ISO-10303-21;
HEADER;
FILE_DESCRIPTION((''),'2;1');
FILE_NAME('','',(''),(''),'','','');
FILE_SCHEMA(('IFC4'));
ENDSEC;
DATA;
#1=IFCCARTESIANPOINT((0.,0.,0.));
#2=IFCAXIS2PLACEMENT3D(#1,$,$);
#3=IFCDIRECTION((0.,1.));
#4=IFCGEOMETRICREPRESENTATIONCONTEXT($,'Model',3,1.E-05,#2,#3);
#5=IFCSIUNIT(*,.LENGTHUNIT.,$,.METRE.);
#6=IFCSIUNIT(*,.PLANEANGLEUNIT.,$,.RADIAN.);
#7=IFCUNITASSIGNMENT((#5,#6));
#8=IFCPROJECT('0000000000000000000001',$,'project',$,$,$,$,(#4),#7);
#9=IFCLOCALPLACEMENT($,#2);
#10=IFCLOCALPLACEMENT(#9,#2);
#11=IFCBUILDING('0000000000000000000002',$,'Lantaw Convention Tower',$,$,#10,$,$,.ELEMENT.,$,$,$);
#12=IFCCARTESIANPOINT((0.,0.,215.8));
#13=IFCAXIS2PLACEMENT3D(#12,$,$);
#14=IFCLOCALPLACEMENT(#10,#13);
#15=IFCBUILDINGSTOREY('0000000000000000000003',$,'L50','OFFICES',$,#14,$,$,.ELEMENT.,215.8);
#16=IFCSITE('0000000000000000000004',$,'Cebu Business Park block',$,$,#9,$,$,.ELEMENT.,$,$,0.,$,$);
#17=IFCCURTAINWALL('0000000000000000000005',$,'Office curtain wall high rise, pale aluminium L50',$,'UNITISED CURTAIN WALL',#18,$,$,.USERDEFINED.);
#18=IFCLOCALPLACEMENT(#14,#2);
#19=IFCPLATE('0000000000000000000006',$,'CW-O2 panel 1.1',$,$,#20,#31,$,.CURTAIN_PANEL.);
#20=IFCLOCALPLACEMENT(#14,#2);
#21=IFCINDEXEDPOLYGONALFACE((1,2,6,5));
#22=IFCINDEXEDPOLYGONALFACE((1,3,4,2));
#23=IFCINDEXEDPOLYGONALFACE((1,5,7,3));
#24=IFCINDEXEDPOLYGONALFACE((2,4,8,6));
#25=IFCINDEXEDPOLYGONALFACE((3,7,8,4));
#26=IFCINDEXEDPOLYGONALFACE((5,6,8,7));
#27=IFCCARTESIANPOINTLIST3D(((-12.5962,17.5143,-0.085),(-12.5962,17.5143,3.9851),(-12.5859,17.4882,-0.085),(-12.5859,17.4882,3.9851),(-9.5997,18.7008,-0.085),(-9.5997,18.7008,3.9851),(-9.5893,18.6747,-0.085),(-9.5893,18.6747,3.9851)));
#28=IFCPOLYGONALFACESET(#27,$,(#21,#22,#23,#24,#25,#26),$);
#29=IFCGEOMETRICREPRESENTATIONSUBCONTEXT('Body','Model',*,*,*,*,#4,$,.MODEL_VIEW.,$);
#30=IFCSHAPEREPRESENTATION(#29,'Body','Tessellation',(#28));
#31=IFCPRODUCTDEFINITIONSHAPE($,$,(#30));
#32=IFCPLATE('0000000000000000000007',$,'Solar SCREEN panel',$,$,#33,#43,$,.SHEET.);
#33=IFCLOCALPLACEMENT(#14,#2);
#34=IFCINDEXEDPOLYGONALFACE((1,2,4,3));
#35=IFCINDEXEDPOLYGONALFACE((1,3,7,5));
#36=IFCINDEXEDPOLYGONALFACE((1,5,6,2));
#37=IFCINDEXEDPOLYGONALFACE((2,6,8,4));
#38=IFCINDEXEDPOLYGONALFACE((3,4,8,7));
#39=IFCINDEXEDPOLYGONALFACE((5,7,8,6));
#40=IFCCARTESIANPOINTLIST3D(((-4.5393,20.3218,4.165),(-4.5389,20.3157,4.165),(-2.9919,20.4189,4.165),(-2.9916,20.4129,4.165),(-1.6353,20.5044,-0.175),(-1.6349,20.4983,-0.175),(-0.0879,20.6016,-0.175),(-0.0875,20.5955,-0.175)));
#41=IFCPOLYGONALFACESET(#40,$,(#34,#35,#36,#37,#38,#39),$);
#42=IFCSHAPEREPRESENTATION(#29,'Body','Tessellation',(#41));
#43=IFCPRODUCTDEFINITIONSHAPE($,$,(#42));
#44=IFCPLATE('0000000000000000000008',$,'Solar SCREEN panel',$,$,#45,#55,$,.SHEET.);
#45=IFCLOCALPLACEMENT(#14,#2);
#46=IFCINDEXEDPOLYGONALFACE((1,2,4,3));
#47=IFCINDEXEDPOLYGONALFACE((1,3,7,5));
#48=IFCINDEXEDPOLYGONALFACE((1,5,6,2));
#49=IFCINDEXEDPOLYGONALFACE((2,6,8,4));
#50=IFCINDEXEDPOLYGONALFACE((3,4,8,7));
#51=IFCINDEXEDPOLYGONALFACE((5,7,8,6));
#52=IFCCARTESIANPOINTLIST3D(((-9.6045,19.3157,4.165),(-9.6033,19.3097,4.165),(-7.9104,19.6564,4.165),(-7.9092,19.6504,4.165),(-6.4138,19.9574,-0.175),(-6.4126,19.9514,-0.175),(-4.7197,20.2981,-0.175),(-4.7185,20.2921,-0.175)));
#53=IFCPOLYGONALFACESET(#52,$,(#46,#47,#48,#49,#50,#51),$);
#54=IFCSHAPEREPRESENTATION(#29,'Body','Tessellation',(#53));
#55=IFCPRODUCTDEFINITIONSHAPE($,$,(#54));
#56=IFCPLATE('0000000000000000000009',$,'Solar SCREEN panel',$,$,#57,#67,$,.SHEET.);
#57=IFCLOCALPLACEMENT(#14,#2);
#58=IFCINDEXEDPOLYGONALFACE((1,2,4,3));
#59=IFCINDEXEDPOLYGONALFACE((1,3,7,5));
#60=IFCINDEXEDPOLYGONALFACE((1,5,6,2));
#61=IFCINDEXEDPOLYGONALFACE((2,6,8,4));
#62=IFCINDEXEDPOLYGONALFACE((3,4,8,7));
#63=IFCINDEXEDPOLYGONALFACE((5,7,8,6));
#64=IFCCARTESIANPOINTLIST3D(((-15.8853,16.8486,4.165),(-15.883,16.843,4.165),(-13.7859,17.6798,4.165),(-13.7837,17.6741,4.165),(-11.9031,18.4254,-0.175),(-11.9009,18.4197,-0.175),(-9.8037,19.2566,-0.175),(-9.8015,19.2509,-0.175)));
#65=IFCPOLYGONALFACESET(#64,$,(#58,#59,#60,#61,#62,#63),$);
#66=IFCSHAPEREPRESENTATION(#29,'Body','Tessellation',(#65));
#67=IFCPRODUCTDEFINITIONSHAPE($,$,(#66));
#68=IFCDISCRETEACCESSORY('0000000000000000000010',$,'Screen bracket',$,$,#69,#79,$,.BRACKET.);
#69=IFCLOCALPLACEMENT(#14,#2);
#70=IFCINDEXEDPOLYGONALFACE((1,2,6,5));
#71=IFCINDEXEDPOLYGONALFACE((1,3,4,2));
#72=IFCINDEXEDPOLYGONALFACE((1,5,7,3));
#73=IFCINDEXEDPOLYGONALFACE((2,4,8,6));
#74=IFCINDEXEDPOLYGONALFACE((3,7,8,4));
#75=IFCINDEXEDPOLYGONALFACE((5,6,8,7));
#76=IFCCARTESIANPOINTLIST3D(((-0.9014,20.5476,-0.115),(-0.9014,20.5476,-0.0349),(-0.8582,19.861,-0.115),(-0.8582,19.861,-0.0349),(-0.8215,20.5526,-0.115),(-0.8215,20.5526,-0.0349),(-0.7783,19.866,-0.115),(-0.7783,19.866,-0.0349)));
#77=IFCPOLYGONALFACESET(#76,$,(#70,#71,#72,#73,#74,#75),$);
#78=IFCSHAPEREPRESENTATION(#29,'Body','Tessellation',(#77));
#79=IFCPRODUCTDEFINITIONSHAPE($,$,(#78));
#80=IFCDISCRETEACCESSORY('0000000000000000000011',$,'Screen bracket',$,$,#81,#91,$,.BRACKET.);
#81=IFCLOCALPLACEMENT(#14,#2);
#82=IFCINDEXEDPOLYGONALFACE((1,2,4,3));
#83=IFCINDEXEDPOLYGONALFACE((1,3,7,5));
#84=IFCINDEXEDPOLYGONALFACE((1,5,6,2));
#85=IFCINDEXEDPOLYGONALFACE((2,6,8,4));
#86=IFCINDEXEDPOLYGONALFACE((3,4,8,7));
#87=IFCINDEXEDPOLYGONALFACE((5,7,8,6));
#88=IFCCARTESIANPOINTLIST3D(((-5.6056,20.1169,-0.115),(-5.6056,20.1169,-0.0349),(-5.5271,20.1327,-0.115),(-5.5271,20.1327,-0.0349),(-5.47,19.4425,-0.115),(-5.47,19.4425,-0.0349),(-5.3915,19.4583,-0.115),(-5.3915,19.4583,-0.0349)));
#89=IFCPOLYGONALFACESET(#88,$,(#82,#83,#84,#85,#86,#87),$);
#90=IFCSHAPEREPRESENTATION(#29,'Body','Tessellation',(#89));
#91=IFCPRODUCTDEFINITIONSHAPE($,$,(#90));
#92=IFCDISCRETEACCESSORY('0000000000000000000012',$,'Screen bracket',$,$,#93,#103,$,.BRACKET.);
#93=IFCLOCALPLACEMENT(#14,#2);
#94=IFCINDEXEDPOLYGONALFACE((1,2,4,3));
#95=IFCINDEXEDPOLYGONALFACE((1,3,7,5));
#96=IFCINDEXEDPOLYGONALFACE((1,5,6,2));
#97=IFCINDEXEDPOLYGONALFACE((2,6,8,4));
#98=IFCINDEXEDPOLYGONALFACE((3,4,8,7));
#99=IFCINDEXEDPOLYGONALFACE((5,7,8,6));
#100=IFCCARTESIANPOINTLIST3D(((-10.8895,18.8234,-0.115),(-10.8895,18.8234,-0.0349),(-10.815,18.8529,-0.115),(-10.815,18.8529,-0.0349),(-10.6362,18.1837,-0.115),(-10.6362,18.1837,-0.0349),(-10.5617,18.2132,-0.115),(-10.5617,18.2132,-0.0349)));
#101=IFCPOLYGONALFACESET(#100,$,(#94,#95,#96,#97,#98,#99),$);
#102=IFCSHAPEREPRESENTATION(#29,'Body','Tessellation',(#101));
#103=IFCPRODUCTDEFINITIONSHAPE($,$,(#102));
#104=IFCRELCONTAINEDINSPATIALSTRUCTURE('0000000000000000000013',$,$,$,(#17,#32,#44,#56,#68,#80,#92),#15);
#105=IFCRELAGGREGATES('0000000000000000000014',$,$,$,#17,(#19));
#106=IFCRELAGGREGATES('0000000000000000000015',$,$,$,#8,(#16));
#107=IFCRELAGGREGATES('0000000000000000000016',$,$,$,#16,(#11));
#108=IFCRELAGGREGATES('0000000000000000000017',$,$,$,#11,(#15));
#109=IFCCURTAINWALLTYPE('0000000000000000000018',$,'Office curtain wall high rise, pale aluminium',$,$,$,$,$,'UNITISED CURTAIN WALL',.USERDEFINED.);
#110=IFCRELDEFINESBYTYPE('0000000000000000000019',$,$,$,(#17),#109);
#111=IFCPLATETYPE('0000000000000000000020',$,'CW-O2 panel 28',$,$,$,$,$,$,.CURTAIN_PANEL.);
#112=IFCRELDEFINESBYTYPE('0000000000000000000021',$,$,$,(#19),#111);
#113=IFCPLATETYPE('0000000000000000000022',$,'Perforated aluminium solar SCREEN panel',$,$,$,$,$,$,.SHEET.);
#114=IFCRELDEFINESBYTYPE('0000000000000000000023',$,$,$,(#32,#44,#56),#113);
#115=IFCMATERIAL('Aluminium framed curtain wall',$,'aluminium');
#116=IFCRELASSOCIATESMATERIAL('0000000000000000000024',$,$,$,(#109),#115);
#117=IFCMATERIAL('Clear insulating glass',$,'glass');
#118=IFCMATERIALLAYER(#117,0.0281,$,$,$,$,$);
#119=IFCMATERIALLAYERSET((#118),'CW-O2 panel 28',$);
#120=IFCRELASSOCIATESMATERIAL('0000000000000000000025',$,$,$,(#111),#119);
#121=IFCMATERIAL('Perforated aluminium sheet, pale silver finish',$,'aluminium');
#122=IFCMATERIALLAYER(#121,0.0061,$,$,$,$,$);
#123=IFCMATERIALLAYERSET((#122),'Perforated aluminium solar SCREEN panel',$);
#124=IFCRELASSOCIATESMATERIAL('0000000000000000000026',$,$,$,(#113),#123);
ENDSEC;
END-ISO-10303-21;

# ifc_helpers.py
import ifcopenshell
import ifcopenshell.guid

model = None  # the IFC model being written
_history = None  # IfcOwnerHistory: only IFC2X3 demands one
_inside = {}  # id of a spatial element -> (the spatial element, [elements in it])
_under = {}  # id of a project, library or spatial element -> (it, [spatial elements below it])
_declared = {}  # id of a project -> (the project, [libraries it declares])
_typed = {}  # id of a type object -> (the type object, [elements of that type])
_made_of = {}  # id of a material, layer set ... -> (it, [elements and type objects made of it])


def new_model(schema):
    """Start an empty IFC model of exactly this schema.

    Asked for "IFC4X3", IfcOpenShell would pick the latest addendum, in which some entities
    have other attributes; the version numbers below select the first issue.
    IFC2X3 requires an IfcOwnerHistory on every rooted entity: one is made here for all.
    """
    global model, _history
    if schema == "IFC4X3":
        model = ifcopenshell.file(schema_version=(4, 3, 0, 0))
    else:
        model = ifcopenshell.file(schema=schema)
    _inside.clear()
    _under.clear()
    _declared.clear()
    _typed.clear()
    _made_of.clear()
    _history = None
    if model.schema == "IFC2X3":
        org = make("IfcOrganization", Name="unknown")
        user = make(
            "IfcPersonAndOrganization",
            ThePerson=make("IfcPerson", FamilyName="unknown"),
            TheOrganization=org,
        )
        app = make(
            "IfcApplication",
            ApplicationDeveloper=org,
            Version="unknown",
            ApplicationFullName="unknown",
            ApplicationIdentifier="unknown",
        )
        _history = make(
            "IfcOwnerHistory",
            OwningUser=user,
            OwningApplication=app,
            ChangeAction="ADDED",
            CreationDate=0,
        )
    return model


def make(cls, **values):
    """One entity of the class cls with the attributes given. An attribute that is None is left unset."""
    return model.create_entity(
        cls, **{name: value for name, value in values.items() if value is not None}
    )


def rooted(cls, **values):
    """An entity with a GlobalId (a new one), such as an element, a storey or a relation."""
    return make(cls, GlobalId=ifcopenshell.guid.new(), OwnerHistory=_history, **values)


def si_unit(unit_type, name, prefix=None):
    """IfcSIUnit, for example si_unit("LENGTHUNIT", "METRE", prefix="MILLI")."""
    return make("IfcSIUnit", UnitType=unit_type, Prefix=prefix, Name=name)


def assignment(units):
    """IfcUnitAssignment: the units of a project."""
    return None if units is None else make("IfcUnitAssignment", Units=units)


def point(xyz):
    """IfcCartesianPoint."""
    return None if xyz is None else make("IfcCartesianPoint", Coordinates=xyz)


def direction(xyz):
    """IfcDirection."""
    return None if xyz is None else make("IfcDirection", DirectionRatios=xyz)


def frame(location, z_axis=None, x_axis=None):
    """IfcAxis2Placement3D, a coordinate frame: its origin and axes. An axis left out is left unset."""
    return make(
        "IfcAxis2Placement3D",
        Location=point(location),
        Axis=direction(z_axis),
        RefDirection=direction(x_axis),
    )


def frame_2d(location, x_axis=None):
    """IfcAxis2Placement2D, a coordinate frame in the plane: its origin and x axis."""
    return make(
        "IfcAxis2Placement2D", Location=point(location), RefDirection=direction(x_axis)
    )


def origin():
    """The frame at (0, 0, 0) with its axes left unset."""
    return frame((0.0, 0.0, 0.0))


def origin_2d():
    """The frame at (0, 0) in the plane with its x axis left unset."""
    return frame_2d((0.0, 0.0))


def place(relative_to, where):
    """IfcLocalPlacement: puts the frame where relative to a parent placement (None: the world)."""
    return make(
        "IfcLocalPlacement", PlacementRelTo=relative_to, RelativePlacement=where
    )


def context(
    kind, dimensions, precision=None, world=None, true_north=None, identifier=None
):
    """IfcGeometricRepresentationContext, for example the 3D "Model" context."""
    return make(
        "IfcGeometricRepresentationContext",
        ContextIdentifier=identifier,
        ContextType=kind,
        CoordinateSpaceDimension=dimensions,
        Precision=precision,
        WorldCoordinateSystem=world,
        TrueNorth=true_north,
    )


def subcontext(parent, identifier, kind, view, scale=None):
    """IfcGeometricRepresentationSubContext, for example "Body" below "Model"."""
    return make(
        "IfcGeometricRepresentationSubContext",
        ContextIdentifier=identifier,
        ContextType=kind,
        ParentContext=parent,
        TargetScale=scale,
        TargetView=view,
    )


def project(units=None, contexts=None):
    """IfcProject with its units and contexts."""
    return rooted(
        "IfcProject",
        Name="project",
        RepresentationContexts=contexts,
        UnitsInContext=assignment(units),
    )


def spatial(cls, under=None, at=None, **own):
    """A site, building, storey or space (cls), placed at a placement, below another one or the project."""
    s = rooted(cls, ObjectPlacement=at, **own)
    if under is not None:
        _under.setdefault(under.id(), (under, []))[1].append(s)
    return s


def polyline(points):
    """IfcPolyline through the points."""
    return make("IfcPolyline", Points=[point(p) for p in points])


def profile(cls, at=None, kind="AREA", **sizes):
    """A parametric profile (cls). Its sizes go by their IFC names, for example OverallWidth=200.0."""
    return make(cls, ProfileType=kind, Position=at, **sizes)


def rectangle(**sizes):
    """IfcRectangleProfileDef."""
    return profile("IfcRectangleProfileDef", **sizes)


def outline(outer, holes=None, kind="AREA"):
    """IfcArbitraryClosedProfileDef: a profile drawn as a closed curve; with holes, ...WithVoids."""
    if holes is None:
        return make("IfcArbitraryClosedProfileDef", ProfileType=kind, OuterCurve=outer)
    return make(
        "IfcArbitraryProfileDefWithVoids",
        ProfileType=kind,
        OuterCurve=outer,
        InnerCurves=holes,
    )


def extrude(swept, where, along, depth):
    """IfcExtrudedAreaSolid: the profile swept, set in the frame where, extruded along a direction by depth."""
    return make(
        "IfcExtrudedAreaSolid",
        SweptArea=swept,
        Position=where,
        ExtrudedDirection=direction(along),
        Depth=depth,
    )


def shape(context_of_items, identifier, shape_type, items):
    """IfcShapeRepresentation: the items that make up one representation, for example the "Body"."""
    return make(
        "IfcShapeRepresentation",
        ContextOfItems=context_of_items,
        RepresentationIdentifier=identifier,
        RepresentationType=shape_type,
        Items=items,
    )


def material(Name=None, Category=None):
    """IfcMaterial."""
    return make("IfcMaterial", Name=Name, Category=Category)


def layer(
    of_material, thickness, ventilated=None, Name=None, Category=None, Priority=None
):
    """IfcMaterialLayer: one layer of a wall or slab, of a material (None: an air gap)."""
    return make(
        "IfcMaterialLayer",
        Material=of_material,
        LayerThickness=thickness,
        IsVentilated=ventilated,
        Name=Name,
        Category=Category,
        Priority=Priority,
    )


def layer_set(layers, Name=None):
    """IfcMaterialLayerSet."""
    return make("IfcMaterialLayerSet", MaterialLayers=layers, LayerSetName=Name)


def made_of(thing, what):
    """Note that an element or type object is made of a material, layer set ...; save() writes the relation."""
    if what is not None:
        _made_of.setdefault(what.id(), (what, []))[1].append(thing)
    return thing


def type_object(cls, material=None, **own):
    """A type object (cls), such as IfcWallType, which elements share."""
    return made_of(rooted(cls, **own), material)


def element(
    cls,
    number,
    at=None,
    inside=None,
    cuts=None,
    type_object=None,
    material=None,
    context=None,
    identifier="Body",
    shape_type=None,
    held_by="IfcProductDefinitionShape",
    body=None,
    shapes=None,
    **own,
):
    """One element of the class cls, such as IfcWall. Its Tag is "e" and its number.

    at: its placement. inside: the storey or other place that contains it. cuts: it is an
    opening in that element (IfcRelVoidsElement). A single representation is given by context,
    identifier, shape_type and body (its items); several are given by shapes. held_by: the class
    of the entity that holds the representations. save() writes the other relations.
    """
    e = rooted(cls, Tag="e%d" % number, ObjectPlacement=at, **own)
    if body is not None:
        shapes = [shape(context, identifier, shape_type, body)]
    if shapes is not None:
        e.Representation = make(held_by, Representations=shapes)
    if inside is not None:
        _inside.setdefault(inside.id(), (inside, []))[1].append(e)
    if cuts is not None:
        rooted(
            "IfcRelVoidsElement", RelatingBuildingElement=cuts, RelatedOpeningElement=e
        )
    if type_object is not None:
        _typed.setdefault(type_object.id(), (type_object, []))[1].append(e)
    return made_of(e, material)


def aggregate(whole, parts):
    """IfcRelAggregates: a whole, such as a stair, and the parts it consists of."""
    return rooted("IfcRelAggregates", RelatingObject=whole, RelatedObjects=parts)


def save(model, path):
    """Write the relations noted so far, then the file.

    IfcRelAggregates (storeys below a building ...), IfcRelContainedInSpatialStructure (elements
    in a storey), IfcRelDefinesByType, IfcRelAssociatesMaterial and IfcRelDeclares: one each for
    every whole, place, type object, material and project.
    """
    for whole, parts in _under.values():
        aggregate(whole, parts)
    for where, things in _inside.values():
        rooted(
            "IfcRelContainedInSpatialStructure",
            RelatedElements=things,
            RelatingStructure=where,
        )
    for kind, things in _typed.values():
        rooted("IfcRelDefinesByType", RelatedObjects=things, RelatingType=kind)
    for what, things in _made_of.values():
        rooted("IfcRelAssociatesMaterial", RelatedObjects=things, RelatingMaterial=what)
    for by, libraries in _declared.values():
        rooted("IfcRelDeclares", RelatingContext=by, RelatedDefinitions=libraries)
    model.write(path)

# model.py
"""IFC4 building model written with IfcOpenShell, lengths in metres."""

from ifc_helpers import new_model, si_unit, direction, frame, origin, origin_2d, place, context, subcontext, project, spatial, polyline, rectangle, outline, extrude, material, layer, layer_set, type_object, element, aggregate, save


model = new_model("IFC4")

# Units and contexts
model_context = context("Model", 3, precision=1e-05, world=origin(), true_north=direction((0.0, 1.0)))
body_context = subcontext(model_context, "Body", "Model", "MODEL_VIEW")
ifc_project = project(units=[si_unit("LENGTHUNIT", "METRE"), si_unit("PLANEANGLEUNIT", "RADIAN")], contexts=[model_context])

# Site, building, storey
site_placement = place(None, origin())
site = spatial("IfcSite", under=ifc_project, at=site_placement, Name="Cebu Business Park block", CompositionType="ELEMENT", RefElevation=0.0)
building_placement = place(site_placement, origin())
building = spatial("IfcBuilding", under=site, at=building_placement, Name="Lantaw Convention Tower", CompositionType="ELEMENT")
storey_placement = place(building_placement, frame((0.0, 0.0, 215.8)))
storey = spatial("IfcBuildingStorey", under=building, at=storey_placement, Name="L50", Description="OFFICES", CompositionType="ELEMENT", Elevation=215.8)

# Shared definitions
ifc_material_1 = material(Name="Aluminium framed curtain wall", Category="aluminium")
curtain_wall_type = type_object("IfcCurtainWallType", Name="Office curtain wall high rise, pale aluminium", ElementType="UNITISED CURTAIN WALL", PredefinedType="USERDEFINED", material=ifc_material_1)

# Curtain wall
curtain_wall_1_placement = place(storey_placement, origin())
curtain_wall_1 = element("IfcCurtainWall", 1, at=curtain_wall_1_placement, inside=storey, type_object=curtain_wall_type, Name="Office curtain wall high rise, pale aluminium L50", ObjectType="UNITISED CURTAIN WALL", PredefinedType="USERDEFINED")

# Plate
ifc_material_2 = material(Name="Clear insulating glass", Category="glass")
ifc_layer_1 = layer(ifc_material_2, 0.0281)
ifc_layer_set_1 = layer_set([ifc_layer_1], Name="CW-O2 panel 28")
plate_type_1 = type_object("IfcPlateType", Name="CW-O2 panel 28", PredefinedType="CURTAIN_PANEL", material=ifc_layer_set_1)
plate_1_placement = place(storey_placement, frame((-11.0928, 18.0945, -0.085), z_axis=(0.0, 0.0, 1.0), x_axis=(-0.929762, -0.368162, 0.0)))
plate_1 = element("IfcPlate", 2, at=plate_1_placement, type_object=plate_type_1, Name="CW-O2 panel 1.1", PredefinedType="CURTAIN_PANEL", context=body_context, shape_type="SweptSolid", body=[
    extrude(rectangle(XDim=3.2229, YDim=0.0281, at=origin_2d()), origin(), (0.0, 0.0, 1.0), 4.0701),
])
aggregate(curtain_wall_1, [plate_1])

# Plates
ifc_material_3 = material(Name="Perforated aluminium sheet, pale silver finish", Category="aluminium")
ifc_layer_2 = layer(ifc_material_3, 0.0061)
ifc_layer_set_2 = layer_set([ifc_layer_2], Name="Perforated aluminium solar SCREEN panel")
plate_type_2 = type_object("IfcPlateType", Name="Perforated aluminium solar SCREEN panel", PredefinedType="SHEET", material=ifc_layer_set_2)
plate_2_placement = place(storey_placement, frame((-0.0879, 20.6016, -0.175), z_axis=(-0.062672, 0.998034, 0.000059), x_axis=(-0.998034, -0.062672, 0.0)))
element("IfcPlate", 3, at=plate_2_placement, inside=storey, type_object=plate_type_2, Name="Solar SCREEN panel", PredefinedType="SHEET", context=body_context, shape_type="SweptSolid", body=[
    extrude(outline(polyline([(0.0, 0.0), (1.5504, 0.0), (4.4602, 4.3401), (2.9098, 4.3401), (0.0, 0.0)])), origin(), (0.0, 0.0, -1.0), 0.0061),
])
plate_3_placement = place(storey_placement, frame((-4.7197, 20.2981, -0.175), z_axis=(-0.197162, 0.980371, 0.000011), x_axis=(-0.980371, -0.197162, 0.0)))
element("IfcPlate", 4, at=plate_3_placement, inside=storey, type_object=plate_type_2, Name="Solar SCREEN panel", PredefinedType="SHEET", context=body_context, shape_type="SweptSolid", body=[
    extrude(outline(polyline([(0.0, 0.0), (1.728, 0.0), (4.9826, 4.3401), (3.2546, 4.3401), (0.0, 0.0)])), origin(), (0.0, 0.0, -1.0), 0.0061),
])
plate_4_placement = place(storey_placement, frame((-9.8037, 19.2566, -0.175), z_axis=(-0.368117, 0.92978, 0.000036), x_axis=(-0.92978, -0.368117, 0.0)))
element("IfcPlate", 5, at=plate_4_placement, inside=storey, type_object=plate_type_2, Name="Solar SCREEN panel", PredefinedType="SHEET", context=body_context, shape_type="SweptSolid", body=[
    extrude(outline(polyline([(0.0, 0.0), (2.258, 0.0), (6.5409, 4.3401), (4.283, 4.3401), (0.0, 0.0)])), origin(), (0.0, 0.0, -1.0), 0.0061),
])

# Discrete accessories
for number, where, z_axis, x_axis, name in (
    (6, (-0.8398, 20.2068, -0.115), (0.0, 0.0, 1.0), (-0.998029, -0.062758, 0.0), "Screen bracket"),
    (7, (-5.4985, 19.7876, -0.115), (0.0, 0.0, 1.0), (-0.980367, -0.197183, 0.0), "Screen bracket"),
    (8, (-10.7256, 18.5183, -0.115), (0.0, 0.0, 1.0), (-0.929762, -0.368162, 0.0), "Screen bracket"),
):
    element("IfcDiscreteAccessory", number, at=place(storey_placement, frame(where, z_axis=z_axis, x_axis=x_axis)), inside=storey, Name=name, PredefinedType="BRACKET", context=body_context, shape_type="SweptSolid", body=[
        extrude(rectangle(XDim=0.0801, YDim=0.688, at=origin_2d()), origin(), (0.0, 0.0, 1.0), 0.0801),
    ])

save(model, "model.ifc")
